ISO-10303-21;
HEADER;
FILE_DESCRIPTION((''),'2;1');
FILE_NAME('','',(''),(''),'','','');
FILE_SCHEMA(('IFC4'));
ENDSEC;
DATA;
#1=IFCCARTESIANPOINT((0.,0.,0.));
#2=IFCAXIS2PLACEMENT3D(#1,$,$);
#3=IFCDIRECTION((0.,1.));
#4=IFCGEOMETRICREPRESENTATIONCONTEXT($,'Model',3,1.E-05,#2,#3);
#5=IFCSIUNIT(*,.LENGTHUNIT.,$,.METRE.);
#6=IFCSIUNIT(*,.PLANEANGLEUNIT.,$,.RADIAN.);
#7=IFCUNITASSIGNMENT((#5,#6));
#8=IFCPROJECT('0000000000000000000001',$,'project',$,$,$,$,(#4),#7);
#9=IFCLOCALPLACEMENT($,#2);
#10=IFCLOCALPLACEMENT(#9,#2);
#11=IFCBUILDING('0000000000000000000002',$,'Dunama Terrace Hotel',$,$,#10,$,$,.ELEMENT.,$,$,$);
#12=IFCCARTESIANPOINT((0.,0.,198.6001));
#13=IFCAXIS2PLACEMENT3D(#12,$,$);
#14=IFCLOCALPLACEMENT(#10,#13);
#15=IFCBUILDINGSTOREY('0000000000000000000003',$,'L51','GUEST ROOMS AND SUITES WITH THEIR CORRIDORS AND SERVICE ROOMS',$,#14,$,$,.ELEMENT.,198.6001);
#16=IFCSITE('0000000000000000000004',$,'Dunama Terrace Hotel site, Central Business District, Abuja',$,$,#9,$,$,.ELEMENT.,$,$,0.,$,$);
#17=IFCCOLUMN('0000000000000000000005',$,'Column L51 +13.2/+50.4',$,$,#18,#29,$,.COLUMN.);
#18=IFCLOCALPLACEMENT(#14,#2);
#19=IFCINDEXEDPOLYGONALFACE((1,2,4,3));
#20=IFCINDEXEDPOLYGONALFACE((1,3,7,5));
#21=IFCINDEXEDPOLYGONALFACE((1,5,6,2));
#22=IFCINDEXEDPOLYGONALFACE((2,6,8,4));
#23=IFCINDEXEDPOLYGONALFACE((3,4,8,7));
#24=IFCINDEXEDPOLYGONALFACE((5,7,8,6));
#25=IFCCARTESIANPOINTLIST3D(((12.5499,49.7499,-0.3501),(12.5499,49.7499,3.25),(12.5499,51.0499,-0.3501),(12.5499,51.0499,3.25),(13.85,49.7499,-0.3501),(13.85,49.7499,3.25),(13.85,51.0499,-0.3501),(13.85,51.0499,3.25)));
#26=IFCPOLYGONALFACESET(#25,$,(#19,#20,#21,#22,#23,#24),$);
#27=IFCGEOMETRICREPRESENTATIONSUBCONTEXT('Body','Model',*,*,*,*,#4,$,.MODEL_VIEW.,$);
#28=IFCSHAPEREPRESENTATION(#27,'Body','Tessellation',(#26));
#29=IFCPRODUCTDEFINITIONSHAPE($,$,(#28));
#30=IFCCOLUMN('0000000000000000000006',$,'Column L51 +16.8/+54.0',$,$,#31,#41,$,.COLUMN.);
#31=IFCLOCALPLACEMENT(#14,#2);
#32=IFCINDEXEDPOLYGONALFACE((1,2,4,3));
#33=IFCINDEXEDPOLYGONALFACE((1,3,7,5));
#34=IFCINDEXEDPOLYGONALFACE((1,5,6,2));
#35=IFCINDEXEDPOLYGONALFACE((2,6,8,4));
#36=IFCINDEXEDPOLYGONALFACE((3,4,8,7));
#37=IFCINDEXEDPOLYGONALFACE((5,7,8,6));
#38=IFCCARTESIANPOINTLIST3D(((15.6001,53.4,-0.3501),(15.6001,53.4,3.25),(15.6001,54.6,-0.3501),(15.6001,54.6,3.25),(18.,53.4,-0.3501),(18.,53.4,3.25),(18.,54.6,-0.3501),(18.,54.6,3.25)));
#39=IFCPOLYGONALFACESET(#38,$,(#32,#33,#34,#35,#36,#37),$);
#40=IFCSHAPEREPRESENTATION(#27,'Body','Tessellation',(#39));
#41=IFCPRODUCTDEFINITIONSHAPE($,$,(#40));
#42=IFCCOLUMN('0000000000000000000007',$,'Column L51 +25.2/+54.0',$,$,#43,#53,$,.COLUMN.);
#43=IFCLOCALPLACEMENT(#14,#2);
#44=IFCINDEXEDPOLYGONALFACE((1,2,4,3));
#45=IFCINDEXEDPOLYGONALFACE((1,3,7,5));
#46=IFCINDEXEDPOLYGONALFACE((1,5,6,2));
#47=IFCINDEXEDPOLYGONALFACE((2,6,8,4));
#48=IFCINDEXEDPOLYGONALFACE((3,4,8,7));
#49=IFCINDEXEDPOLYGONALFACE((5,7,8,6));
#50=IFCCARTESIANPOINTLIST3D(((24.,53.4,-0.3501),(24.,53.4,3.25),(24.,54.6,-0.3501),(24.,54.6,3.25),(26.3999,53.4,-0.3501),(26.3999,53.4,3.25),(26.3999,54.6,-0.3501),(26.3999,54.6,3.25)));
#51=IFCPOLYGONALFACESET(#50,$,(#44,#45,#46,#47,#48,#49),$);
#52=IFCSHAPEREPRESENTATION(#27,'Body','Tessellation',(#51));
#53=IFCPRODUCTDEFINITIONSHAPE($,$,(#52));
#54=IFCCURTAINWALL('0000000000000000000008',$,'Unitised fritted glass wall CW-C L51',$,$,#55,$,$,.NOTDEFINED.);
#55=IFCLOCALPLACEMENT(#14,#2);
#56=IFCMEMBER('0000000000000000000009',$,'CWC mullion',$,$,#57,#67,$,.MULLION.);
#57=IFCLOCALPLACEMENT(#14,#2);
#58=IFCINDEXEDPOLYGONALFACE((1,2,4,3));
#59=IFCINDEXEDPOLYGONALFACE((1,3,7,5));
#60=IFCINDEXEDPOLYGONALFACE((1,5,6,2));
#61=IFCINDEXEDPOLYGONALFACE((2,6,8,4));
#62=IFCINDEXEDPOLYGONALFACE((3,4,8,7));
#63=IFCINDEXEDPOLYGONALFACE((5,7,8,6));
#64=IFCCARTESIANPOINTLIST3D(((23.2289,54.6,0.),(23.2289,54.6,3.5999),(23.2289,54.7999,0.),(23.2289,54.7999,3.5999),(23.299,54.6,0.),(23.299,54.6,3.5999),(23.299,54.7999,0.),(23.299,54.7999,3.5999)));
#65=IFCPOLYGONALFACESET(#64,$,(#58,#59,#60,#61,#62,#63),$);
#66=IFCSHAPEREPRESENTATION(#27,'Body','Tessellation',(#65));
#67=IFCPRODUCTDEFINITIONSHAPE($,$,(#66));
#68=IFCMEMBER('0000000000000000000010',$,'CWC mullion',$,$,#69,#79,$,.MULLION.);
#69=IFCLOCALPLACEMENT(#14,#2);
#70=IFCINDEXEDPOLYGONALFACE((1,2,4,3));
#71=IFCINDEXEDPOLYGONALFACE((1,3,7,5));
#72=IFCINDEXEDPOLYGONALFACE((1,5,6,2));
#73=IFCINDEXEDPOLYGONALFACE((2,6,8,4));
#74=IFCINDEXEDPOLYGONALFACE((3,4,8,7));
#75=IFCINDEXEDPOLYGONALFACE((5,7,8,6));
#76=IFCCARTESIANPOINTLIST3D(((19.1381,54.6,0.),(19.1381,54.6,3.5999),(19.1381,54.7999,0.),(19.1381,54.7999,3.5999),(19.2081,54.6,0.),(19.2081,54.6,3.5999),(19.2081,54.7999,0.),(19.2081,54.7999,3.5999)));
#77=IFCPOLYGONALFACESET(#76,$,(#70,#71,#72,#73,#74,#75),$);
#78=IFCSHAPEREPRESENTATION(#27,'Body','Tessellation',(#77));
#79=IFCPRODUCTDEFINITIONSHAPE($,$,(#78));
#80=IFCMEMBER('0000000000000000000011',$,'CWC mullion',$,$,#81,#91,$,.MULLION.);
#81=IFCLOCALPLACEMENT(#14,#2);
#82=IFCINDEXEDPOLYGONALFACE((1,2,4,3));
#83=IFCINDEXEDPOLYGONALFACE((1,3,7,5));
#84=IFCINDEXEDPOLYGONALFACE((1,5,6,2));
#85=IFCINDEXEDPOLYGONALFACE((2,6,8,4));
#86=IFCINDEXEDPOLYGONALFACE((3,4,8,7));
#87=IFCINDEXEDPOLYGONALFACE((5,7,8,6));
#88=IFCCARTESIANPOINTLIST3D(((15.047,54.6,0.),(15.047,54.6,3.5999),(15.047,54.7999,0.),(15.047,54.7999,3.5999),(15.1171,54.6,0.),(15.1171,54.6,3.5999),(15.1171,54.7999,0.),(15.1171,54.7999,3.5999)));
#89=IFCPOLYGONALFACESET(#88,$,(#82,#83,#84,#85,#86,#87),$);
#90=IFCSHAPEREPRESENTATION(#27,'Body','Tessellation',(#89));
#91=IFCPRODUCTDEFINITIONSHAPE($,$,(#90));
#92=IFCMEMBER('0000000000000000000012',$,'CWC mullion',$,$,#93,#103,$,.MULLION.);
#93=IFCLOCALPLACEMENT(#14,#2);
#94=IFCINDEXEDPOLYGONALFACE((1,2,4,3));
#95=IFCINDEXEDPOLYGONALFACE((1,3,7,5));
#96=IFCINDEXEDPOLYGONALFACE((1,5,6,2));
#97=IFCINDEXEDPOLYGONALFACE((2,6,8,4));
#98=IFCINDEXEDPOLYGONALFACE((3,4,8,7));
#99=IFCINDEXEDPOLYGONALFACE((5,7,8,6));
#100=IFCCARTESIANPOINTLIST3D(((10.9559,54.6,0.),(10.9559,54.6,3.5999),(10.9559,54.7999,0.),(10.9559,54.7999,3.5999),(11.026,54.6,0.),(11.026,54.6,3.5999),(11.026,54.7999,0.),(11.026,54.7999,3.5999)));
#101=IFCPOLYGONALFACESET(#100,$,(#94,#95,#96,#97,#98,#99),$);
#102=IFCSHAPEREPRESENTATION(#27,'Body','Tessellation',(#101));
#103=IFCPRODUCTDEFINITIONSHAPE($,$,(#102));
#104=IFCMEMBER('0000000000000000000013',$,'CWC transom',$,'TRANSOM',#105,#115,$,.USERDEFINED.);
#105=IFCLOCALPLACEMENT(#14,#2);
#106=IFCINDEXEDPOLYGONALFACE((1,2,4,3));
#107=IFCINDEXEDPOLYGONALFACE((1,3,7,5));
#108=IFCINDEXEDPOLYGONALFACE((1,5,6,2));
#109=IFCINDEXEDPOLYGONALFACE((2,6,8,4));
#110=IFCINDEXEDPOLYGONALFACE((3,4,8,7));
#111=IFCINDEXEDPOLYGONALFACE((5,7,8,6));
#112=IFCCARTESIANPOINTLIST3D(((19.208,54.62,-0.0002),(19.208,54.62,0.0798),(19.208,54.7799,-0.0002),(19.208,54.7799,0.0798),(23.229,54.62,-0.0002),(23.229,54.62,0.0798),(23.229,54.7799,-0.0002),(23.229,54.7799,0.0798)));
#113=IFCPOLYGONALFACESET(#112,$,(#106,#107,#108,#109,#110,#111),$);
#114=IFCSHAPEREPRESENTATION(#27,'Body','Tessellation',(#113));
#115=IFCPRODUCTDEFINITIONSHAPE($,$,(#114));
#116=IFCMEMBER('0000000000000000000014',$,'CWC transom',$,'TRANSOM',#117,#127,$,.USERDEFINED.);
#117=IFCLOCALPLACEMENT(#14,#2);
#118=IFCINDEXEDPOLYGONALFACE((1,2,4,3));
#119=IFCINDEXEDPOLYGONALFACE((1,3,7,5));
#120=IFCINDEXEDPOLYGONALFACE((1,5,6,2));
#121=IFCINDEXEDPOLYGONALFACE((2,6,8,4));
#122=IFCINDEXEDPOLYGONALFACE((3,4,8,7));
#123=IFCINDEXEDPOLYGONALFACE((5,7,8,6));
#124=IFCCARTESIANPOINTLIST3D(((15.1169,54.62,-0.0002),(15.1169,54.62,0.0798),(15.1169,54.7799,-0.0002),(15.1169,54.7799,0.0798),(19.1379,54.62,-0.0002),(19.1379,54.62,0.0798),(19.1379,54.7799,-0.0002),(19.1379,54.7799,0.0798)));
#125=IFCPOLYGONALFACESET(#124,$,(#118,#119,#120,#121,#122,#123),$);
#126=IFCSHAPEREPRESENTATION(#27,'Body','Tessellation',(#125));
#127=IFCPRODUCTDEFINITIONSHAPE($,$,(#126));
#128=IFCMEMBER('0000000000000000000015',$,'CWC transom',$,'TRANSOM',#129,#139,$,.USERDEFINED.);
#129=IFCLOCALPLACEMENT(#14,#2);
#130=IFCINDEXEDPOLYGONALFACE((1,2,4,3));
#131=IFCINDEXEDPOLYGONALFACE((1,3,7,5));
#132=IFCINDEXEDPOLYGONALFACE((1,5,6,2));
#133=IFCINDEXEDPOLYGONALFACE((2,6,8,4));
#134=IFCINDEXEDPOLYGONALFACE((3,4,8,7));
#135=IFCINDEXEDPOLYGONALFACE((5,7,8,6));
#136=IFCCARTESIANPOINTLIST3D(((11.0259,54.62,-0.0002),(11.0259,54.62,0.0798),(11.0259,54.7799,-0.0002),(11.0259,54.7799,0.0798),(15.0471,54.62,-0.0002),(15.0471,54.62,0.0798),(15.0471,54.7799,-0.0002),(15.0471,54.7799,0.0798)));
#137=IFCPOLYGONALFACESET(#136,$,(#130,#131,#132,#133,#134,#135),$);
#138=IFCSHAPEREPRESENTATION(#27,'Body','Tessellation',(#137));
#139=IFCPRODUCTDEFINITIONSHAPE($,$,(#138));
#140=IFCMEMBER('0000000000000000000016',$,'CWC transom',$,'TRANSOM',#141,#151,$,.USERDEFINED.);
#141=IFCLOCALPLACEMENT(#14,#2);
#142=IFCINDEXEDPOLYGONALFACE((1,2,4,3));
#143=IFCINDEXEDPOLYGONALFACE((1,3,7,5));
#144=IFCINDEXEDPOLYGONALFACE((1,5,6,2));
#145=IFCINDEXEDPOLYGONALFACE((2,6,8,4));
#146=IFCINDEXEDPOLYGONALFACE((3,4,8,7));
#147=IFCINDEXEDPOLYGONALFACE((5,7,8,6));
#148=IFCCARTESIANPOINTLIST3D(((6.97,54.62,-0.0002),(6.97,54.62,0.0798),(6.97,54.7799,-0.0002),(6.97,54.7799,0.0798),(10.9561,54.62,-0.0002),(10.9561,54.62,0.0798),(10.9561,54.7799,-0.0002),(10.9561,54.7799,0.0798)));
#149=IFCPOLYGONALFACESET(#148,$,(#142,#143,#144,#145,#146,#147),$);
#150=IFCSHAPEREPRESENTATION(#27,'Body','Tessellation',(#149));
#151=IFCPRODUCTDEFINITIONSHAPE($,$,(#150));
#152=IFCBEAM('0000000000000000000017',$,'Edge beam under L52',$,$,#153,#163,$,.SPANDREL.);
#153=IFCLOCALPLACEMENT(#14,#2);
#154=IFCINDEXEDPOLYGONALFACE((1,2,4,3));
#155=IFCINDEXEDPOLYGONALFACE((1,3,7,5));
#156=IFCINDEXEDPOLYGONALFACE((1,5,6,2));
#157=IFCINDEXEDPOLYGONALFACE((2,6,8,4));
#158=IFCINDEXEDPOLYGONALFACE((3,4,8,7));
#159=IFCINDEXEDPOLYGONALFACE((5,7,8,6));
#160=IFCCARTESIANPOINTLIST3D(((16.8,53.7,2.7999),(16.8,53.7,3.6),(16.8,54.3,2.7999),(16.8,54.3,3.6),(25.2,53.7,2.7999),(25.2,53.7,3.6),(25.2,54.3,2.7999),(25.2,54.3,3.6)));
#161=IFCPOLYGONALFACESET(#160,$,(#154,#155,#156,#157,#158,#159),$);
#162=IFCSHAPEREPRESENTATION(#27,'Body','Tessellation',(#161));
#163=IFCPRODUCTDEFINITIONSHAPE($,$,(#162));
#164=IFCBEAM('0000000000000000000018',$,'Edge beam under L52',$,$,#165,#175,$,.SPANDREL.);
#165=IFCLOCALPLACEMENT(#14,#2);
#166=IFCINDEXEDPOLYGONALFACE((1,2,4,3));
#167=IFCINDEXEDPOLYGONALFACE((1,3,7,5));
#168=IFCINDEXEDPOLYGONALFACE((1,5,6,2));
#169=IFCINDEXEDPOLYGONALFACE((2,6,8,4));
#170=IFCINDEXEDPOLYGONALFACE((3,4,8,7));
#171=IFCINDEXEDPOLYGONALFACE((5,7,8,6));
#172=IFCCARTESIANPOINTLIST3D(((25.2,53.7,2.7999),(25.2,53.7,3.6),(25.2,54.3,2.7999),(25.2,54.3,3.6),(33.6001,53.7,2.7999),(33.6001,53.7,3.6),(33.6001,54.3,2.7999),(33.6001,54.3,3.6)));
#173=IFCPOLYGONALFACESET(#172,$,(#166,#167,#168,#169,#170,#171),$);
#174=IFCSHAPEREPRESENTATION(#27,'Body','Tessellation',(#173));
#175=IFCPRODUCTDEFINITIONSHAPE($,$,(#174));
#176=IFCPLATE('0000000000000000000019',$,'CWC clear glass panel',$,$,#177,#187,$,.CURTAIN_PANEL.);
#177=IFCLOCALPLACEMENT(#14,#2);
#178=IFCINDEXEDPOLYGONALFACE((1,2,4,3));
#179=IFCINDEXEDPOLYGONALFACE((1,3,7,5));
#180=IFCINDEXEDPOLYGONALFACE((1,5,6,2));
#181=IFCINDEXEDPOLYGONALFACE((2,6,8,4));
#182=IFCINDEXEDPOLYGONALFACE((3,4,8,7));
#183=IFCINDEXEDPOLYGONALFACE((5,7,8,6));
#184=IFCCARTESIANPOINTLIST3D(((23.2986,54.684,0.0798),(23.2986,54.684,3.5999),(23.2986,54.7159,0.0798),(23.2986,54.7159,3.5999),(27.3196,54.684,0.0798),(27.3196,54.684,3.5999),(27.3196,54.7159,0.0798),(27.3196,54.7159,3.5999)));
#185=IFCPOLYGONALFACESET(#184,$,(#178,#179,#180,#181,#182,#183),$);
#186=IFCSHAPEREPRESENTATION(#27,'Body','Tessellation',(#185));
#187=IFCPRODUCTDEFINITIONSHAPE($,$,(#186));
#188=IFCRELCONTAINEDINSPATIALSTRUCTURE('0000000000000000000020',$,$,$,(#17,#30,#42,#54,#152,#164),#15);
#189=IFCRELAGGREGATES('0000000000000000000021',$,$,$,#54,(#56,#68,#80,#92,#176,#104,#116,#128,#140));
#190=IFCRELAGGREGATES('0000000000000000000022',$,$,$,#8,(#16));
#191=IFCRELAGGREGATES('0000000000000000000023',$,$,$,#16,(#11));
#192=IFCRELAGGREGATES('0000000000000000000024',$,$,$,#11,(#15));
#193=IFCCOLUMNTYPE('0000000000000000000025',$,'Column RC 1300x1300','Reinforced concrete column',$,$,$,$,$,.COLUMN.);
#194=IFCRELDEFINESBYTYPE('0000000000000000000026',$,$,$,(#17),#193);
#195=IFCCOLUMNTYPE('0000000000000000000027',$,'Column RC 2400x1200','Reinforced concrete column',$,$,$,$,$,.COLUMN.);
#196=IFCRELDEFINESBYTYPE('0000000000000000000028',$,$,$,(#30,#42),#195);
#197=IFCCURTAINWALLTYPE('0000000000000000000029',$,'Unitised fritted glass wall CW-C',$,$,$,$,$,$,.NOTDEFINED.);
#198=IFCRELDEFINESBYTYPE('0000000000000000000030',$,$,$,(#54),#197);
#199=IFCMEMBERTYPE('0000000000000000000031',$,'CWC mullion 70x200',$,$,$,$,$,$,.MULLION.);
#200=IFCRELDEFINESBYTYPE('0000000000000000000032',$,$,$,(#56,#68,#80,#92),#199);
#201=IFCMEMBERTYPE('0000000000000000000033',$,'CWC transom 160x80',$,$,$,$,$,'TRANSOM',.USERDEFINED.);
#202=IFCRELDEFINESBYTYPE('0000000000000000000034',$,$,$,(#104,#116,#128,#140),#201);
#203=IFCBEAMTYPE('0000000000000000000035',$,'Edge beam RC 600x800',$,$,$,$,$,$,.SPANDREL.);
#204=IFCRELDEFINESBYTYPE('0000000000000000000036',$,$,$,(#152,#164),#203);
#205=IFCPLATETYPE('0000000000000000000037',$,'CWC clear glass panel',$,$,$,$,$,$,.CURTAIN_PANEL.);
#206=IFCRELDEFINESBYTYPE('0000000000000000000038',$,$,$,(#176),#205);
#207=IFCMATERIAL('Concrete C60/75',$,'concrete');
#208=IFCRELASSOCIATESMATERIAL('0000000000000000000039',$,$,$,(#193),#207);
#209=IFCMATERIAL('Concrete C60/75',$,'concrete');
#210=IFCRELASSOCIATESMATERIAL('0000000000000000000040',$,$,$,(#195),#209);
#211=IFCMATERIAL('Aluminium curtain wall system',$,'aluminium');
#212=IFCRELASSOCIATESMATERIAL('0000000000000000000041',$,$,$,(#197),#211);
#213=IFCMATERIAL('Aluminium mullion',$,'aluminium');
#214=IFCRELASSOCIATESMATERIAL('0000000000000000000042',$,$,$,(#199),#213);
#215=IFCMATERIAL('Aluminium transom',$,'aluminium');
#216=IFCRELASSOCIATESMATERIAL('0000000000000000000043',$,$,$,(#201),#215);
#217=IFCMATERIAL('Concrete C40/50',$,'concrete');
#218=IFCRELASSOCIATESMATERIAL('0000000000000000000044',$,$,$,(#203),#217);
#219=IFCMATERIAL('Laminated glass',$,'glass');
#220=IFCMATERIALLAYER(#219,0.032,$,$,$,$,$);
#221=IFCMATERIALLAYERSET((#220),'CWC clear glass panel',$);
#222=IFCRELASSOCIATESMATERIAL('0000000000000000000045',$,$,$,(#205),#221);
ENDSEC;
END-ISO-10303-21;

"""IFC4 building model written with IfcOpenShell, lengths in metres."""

from ifc_helpers import new_model, si_unit, direction, frame, origin, origin_2d, place, context, subcontext, project, spatial, rectangle, extrude, material, layer, layer_set, material_profile, profile_set, type_object, element, aggregate, save


model = new_model("IFC4")

# Units and contexts
model_context = context("Model", 3, precision=1e-05, world=origin(), true_north=direction((0.0, 1.0)))
body_context = subcontext(model_context, "Body", "Model", "MODEL_VIEW")
ifc_project = project(units=[si_unit("LENGTHUNIT", "METRE"), si_unit("PLANEANGLEUNIT", "RADIAN")], contexts=[model_context])

# Site, building, storey
site_placement = place(None, origin())
site = spatial("IfcSite", under=ifc_project, at=site_placement, Name="Dunama Terrace Hotel site, Central Business District, Abuja", CompositionType="ELEMENT", RefElevation=0.0)
building_placement = place(site_placement, origin())
building = spatial("IfcBuilding", under=site, at=building_placement, Name="Dunama Terrace Hotel", CompositionType="ELEMENT")
storey_placement = place(building_placement, frame((0.0, 0.0, 198.6001)))
storey = spatial("IfcBuildingStorey", under=building, at=storey_placement, Name="L51", Description="GUEST ROOMS AND SUITES WITH THEIR CORRIDORS AND SERVICE ROOMS", CompositionType="ELEMENT", Elevation=198.6001)

# Columns
ifc_material_1 = material(Name="Concrete C60/75", Category="concrete")
ifc_material_profile_1 = material_profile(ifc_material_1, rectangle(XDim=1.3, YDim=1.3, at=origin_2d()), Name="RC 1300x1300")
ifc_profile_set_1 = profile_set([ifc_material_profile_1], Name="Concrete C60/75")
column_type_1 = type_object("IfcColumnType", Name="Column RC 1300x1300", Description="Reinforced concrete column", PredefinedType="COLUMN", material=ifc_profile_set_1)
column_placement = place(storey_placement, frame((13.2, 50.3999, -0.3501), z_axis=(0.0, 0.0, 1.0), x_axis=(1.0, 0.0, 0.0)))
element("IfcColumn", 1, at=column_placement, inside=storey, type_object=column_type_1, Name="Column L51 +13.2/+50.4", PredefinedType="COLUMN", context=body_context, shape_type="SweptSolid", body=[
    extrude(rectangle(XDim=1.3, YDim=1.3, at=origin_2d()), origin(), (0.0, 0.0, 1.0), 3.6001),
])
ifc_material_2 = material(Name="Concrete C60/75", Category="concrete")
ifc_material_profile_2 = material_profile(ifc_material_2, rectangle(XDim=2.3999, YDim=1.2, at=origin_2d()), Name="RC 2400x1200")
ifc_profile_set_2 = profile_set([ifc_material_profile_2], Name="Concrete C60/75")
column_type_2 = type_object("IfcColumnType", Name="Column RC 2400x1200", Description="Reinforced concrete column", PredefinedType="COLUMN", material=ifc_profile_set_2)
for number, where, z_axis, x_axis, name in (
    (2, (16.8, 54.0, -0.3501), (0.0, 0.0, 1.0), (1.0, 0.0, 0.0), "Column L51 +16.8/+54.0"),
    (3, (25.2, 54.0, -0.3501), (0.0, 0.0, 1.0), (1.0, 0.0, 0.0), "Column L51 +25.2/+54.0"),
):
    element("IfcColumn", number, at=place(storey_placement, frame(where, z_axis=z_axis, x_axis=x_axis)), inside=storey, type_object=column_type_2, Name=name, PredefinedType="COLUMN", context=body_context, shape_type="SweptSolid", body=[
        extrude(rectangle(XDim=2.3999, YDim=1.2, at=origin_2d()), origin(), (0.0, 0.0, 1.0), 3.6001),
    ])

# Curtain wall, members
ifc_material_3 = material(Name="Aluminium curtain wall system", Category="aluminium")
curtain_wall_type = type_object("IfcCurtainWallType", Name="Unitised fritted glass wall CW-C", PredefinedType="NOTDEFINED", material=ifc_material_3)
curtain_wall_placement = place(storey_placement, origin())
curtain_wall = element("IfcCurtainWall", 4, at=curtain_wall_placement, inside=storey, type_object=curtain_wall_type, Name="Unitised fritted glass wall CW-C L51", PredefinedType="NOTDEFINED")
ifc_material_4 = material(Name="Aluminium mullion", Category="aluminium")
ifc_material_profile_3 = material_profile(ifc_material_4, rectangle(XDim=0.0701, YDim=0.2, at=origin_2d()), Name="CWC MULLION 70X200")
ifc_profile_set_3 = profile_set([ifc_material_profile_3], Name="Aluminium mullion")
member_type_1 = type_object("IfcMemberType", Name="CWC mullion 70x200", PredefinedType="MULLION", material=ifc_profile_set_3)
member_1_placement = place(storey_placement, frame((23.2639, 54.7, 0.0), z_axis=(0.0, 0.0, 1.0), x_axis=(-1.0, 0.0, 0.0)))
member_1 = element("IfcMember", 5, at=member_1_placement, type_object=member_type_1, Name="CWC mullion", PredefinedType="MULLION", context=body_context, shape_type="SweptSolid", body=[
    extrude(rectangle(XDim=0.0701, YDim=0.2, at=origin_2d()), origin(), (0.0, 0.0, 1.0), 3.5999),
])
member_2_placement = place(storey_placement, frame((19.1731, 54.7, 0.0), z_axis=(0.0, 0.0, 1.0), x_axis=(-1.0, 0.0, 0.0)))
member_2 = element("IfcMember", 6, at=member_2_placement, type_object=member_type_1, Name="CWC mullion", PredefinedType="MULLION", context=body_context, shape_type="SweptSolid", body=[
    extrude(rectangle(XDim=0.0701, YDim=0.2, at=origin_2d()), origin(), (0.0, 0.0, 1.0), 3.5999),
])
member_3_placement = place(storey_placement, frame((15.082, 54.7, 0.0), z_axis=(0.0, 0.0, 1.0), x_axis=(-1.0, 0.0, 0.0)))
member_3 = element("IfcMember", 7, at=member_3_placement, type_object=member_type_1, Name="CWC mullion", PredefinedType="MULLION", context=body_context, shape_type="SweptSolid", body=[
    extrude(rectangle(XDim=0.0701, YDim=0.2, at=origin_2d()), origin(), (0.0, 0.0, 1.0), 3.5999),
])
member_4_placement = place(storey_placement, frame((10.991, 54.7, 0.0), z_axis=(0.0, 0.0, 1.0), x_axis=(-1.0, 0.0, 0.0)))
member_4 = element("IfcMember", 8, at=member_4_placement, type_object=member_type_1, Name="CWC mullion", PredefinedType="MULLION", context=body_context, shape_type="SweptSolid", body=[
    extrude(rectangle(XDim=0.0701, YDim=0.2, at=origin_2d()), origin(), (0.0, 0.0, 1.0), 3.5999),
])
ifc_material_5 = material(Name="Aluminium transom", Category="aluminium")
ifc_material_profile_4 = material_profile(ifc_material_5, rectangle(XDim=0.1599, YDim=0.0801, at=origin_2d()), Name="CWC TRANSOM 160X80")
ifc_profile_set_4 = profile_set([ifc_material_profile_4], Name="Aluminium transom")
member_type_2 = type_object("IfcMemberType", Name="CWC transom 160x80", ElementType="TRANSOM", PredefinedType="USERDEFINED", material=ifc_profile_set_4)
member_5_placement = place(storey_placement, frame((23.229, 54.7, 0.0398), z_axis=(-1.0, 0.0, 0.0), x_axis=(0.0, -1.0, 0.0)))
member_5 = element("IfcMember", 9, at=member_5_placement, type_object=member_type_2, Name="CWC transom", ObjectType="TRANSOM", PredefinedType="USERDEFINED", context=body_context, shape_type="SweptSolid", body=[
    extrude(rectangle(XDim=0.1599, YDim=0.0801, at=origin_2d()), origin(), (0.0, 0.0, 1.0), 4.021),
])
member_6_placement = place(storey_placement, frame((19.1379, 54.7, 0.0398), z_axis=(-1.0, 0.0, 0.0), x_axis=(0.0, -1.0, 0.0)))
member_6 = element("IfcMember", 10, at=member_6_placement, type_object=member_type_2, Name="CWC transom", ObjectType="TRANSOM", PredefinedType="USERDEFINED", context=body_context, shape_type="SweptSolid", body=[
    extrude(rectangle(XDim=0.1599, YDim=0.0801, at=origin_2d()), origin(), (0.0, 0.0, 1.0), 4.021),
])
member_7_placement = place(storey_placement, frame((15.0471, 54.7, 0.0398), z_axis=(-1.0, 0.0, 0.0), x_axis=(0.0, -1.0, 0.0)))
member_7 = element("IfcMember", 11, at=member_7_placement, type_object=member_type_2, Name="CWC transom", ObjectType="TRANSOM", PredefinedType="USERDEFINED", context=body_context, shape_type="SweptSolid", body=[
    extrude(rectangle(XDim=0.1599, YDim=0.0801, at=origin_2d()), origin(), (0.0, 0.0, 1.0), 4.0212),
])
member_8_placement = place(storey_placement, frame((10.9561, 54.7, 0.0398), z_axis=(-1.0, 0.0, 0.0), x_axis=(0.0, -1.0, 0.0)))
member_8 = element("IfcMember", 12, at=member_8_placement, type_object=member_type_2, Name="CWC transom", ObjectType="TRANSOM", PredefinedType="USERDEFINED", context=body_context, shape_type="SweptSolid", body=[
    extrude(rectangle(XDim=0.1599, YDim=0.0801, at=origin_2d()), origin(), (0.0, 0.0, 1.0), 3.9861),
])

# Beams
ifc_material_6 = material(Name="Concrete C40/50", Category="concrete")
ifc_material_profile_5 = material_profile(ifc_material_6, rectangle(XDim=0.6001, YDim=0.8, at=origin_2d()), Name="RC 600x800")
ifc_profile_set_5 = profile_set([ifc_material_profile_5], Name="Concrete C40/50")
beam_type = type_object("IfcBeamType", Name="Edge beam RC 600x800", PredefinedType="SPANDREL", material=ifc_profile_set_5)
beam_1_placement = place(storey_placement, frame((16.8, 54.0, 3.2), z_axis=(1.0, 0.0, 0.0), x_axis=(0.0, 1.0, 0.0)))
element("IfcBeam", 13, at=beam_1_placement, inside=storey, type_object=beam_type, Name="Edge beam under L52", PredefinedType="SPANDREL", context=body_context, shape_type="SweptSolid", body=[
    extrude(rectangle(XDim=0.6001, YDim=0.8, at=origin_2d()), origin(), (0.0, 0.0, 1.0), 8.3999),
])
beam_2_placement = place(storey_placement, frame((25.2, 54.0, 3.2), z_axis=(1.0, 0.0, 0.0), x_axis=(0.0, 1.0, 0.0)))
element("IfcBeam", 14, at=beam_2_placement, inside=storey, type_object=beam_type, Name="Edge beam under L52", PredefinedType="SPANDREL", context=body_context, shape_type="SweptSolid", body=[
    extrude(rectangle(XDim=0.6001, YDim=0.8, at=origin_2d()), origin(), (0.0, 0.0, 1.0), 8.4001),
])

# Plate
ifc_material_7 = material(Name="Laminated glass", Category="glass")
ifc_layer_1 = layer(ifc_material_7, 0.032)
ifc_layer_set_1 = layer_set([ifc_layer_1], Name="CWC clear glass panel")
plate_type_1 = type_object("IfcPlateType", Name="CWC clear glass panel", PredefinedType="CURTAIN_PANEL", material=ifc_layer_set_1)
plate_1_placement = place(storey_placement, frame((25.3091, 54.7, 0.0798), z_axis=(0.0, 0.0, 1.0), x_axis=(-1.0, 0.0, 0.0)))
plate_1 = element("IfcPlate", 15, at=plate_1_placement, type_object=plate_type_1, Name="CWC clear glass panel", PredefinedType="CURTAIN_PANEL", context=body_context, shape_type="SweptSolid", body=[
    extrude(rectangle(XDim=4.021, YDim=0.032, at=origin_2d()), origin(), (0.0, 0.0, 1.0), 3.52),
])
aggregate(curtain_wall, [member_1, member_2, member_3, member_4, plate_1, member_5, member_6, member_7, member_8])

save(model, "model.ifc")
